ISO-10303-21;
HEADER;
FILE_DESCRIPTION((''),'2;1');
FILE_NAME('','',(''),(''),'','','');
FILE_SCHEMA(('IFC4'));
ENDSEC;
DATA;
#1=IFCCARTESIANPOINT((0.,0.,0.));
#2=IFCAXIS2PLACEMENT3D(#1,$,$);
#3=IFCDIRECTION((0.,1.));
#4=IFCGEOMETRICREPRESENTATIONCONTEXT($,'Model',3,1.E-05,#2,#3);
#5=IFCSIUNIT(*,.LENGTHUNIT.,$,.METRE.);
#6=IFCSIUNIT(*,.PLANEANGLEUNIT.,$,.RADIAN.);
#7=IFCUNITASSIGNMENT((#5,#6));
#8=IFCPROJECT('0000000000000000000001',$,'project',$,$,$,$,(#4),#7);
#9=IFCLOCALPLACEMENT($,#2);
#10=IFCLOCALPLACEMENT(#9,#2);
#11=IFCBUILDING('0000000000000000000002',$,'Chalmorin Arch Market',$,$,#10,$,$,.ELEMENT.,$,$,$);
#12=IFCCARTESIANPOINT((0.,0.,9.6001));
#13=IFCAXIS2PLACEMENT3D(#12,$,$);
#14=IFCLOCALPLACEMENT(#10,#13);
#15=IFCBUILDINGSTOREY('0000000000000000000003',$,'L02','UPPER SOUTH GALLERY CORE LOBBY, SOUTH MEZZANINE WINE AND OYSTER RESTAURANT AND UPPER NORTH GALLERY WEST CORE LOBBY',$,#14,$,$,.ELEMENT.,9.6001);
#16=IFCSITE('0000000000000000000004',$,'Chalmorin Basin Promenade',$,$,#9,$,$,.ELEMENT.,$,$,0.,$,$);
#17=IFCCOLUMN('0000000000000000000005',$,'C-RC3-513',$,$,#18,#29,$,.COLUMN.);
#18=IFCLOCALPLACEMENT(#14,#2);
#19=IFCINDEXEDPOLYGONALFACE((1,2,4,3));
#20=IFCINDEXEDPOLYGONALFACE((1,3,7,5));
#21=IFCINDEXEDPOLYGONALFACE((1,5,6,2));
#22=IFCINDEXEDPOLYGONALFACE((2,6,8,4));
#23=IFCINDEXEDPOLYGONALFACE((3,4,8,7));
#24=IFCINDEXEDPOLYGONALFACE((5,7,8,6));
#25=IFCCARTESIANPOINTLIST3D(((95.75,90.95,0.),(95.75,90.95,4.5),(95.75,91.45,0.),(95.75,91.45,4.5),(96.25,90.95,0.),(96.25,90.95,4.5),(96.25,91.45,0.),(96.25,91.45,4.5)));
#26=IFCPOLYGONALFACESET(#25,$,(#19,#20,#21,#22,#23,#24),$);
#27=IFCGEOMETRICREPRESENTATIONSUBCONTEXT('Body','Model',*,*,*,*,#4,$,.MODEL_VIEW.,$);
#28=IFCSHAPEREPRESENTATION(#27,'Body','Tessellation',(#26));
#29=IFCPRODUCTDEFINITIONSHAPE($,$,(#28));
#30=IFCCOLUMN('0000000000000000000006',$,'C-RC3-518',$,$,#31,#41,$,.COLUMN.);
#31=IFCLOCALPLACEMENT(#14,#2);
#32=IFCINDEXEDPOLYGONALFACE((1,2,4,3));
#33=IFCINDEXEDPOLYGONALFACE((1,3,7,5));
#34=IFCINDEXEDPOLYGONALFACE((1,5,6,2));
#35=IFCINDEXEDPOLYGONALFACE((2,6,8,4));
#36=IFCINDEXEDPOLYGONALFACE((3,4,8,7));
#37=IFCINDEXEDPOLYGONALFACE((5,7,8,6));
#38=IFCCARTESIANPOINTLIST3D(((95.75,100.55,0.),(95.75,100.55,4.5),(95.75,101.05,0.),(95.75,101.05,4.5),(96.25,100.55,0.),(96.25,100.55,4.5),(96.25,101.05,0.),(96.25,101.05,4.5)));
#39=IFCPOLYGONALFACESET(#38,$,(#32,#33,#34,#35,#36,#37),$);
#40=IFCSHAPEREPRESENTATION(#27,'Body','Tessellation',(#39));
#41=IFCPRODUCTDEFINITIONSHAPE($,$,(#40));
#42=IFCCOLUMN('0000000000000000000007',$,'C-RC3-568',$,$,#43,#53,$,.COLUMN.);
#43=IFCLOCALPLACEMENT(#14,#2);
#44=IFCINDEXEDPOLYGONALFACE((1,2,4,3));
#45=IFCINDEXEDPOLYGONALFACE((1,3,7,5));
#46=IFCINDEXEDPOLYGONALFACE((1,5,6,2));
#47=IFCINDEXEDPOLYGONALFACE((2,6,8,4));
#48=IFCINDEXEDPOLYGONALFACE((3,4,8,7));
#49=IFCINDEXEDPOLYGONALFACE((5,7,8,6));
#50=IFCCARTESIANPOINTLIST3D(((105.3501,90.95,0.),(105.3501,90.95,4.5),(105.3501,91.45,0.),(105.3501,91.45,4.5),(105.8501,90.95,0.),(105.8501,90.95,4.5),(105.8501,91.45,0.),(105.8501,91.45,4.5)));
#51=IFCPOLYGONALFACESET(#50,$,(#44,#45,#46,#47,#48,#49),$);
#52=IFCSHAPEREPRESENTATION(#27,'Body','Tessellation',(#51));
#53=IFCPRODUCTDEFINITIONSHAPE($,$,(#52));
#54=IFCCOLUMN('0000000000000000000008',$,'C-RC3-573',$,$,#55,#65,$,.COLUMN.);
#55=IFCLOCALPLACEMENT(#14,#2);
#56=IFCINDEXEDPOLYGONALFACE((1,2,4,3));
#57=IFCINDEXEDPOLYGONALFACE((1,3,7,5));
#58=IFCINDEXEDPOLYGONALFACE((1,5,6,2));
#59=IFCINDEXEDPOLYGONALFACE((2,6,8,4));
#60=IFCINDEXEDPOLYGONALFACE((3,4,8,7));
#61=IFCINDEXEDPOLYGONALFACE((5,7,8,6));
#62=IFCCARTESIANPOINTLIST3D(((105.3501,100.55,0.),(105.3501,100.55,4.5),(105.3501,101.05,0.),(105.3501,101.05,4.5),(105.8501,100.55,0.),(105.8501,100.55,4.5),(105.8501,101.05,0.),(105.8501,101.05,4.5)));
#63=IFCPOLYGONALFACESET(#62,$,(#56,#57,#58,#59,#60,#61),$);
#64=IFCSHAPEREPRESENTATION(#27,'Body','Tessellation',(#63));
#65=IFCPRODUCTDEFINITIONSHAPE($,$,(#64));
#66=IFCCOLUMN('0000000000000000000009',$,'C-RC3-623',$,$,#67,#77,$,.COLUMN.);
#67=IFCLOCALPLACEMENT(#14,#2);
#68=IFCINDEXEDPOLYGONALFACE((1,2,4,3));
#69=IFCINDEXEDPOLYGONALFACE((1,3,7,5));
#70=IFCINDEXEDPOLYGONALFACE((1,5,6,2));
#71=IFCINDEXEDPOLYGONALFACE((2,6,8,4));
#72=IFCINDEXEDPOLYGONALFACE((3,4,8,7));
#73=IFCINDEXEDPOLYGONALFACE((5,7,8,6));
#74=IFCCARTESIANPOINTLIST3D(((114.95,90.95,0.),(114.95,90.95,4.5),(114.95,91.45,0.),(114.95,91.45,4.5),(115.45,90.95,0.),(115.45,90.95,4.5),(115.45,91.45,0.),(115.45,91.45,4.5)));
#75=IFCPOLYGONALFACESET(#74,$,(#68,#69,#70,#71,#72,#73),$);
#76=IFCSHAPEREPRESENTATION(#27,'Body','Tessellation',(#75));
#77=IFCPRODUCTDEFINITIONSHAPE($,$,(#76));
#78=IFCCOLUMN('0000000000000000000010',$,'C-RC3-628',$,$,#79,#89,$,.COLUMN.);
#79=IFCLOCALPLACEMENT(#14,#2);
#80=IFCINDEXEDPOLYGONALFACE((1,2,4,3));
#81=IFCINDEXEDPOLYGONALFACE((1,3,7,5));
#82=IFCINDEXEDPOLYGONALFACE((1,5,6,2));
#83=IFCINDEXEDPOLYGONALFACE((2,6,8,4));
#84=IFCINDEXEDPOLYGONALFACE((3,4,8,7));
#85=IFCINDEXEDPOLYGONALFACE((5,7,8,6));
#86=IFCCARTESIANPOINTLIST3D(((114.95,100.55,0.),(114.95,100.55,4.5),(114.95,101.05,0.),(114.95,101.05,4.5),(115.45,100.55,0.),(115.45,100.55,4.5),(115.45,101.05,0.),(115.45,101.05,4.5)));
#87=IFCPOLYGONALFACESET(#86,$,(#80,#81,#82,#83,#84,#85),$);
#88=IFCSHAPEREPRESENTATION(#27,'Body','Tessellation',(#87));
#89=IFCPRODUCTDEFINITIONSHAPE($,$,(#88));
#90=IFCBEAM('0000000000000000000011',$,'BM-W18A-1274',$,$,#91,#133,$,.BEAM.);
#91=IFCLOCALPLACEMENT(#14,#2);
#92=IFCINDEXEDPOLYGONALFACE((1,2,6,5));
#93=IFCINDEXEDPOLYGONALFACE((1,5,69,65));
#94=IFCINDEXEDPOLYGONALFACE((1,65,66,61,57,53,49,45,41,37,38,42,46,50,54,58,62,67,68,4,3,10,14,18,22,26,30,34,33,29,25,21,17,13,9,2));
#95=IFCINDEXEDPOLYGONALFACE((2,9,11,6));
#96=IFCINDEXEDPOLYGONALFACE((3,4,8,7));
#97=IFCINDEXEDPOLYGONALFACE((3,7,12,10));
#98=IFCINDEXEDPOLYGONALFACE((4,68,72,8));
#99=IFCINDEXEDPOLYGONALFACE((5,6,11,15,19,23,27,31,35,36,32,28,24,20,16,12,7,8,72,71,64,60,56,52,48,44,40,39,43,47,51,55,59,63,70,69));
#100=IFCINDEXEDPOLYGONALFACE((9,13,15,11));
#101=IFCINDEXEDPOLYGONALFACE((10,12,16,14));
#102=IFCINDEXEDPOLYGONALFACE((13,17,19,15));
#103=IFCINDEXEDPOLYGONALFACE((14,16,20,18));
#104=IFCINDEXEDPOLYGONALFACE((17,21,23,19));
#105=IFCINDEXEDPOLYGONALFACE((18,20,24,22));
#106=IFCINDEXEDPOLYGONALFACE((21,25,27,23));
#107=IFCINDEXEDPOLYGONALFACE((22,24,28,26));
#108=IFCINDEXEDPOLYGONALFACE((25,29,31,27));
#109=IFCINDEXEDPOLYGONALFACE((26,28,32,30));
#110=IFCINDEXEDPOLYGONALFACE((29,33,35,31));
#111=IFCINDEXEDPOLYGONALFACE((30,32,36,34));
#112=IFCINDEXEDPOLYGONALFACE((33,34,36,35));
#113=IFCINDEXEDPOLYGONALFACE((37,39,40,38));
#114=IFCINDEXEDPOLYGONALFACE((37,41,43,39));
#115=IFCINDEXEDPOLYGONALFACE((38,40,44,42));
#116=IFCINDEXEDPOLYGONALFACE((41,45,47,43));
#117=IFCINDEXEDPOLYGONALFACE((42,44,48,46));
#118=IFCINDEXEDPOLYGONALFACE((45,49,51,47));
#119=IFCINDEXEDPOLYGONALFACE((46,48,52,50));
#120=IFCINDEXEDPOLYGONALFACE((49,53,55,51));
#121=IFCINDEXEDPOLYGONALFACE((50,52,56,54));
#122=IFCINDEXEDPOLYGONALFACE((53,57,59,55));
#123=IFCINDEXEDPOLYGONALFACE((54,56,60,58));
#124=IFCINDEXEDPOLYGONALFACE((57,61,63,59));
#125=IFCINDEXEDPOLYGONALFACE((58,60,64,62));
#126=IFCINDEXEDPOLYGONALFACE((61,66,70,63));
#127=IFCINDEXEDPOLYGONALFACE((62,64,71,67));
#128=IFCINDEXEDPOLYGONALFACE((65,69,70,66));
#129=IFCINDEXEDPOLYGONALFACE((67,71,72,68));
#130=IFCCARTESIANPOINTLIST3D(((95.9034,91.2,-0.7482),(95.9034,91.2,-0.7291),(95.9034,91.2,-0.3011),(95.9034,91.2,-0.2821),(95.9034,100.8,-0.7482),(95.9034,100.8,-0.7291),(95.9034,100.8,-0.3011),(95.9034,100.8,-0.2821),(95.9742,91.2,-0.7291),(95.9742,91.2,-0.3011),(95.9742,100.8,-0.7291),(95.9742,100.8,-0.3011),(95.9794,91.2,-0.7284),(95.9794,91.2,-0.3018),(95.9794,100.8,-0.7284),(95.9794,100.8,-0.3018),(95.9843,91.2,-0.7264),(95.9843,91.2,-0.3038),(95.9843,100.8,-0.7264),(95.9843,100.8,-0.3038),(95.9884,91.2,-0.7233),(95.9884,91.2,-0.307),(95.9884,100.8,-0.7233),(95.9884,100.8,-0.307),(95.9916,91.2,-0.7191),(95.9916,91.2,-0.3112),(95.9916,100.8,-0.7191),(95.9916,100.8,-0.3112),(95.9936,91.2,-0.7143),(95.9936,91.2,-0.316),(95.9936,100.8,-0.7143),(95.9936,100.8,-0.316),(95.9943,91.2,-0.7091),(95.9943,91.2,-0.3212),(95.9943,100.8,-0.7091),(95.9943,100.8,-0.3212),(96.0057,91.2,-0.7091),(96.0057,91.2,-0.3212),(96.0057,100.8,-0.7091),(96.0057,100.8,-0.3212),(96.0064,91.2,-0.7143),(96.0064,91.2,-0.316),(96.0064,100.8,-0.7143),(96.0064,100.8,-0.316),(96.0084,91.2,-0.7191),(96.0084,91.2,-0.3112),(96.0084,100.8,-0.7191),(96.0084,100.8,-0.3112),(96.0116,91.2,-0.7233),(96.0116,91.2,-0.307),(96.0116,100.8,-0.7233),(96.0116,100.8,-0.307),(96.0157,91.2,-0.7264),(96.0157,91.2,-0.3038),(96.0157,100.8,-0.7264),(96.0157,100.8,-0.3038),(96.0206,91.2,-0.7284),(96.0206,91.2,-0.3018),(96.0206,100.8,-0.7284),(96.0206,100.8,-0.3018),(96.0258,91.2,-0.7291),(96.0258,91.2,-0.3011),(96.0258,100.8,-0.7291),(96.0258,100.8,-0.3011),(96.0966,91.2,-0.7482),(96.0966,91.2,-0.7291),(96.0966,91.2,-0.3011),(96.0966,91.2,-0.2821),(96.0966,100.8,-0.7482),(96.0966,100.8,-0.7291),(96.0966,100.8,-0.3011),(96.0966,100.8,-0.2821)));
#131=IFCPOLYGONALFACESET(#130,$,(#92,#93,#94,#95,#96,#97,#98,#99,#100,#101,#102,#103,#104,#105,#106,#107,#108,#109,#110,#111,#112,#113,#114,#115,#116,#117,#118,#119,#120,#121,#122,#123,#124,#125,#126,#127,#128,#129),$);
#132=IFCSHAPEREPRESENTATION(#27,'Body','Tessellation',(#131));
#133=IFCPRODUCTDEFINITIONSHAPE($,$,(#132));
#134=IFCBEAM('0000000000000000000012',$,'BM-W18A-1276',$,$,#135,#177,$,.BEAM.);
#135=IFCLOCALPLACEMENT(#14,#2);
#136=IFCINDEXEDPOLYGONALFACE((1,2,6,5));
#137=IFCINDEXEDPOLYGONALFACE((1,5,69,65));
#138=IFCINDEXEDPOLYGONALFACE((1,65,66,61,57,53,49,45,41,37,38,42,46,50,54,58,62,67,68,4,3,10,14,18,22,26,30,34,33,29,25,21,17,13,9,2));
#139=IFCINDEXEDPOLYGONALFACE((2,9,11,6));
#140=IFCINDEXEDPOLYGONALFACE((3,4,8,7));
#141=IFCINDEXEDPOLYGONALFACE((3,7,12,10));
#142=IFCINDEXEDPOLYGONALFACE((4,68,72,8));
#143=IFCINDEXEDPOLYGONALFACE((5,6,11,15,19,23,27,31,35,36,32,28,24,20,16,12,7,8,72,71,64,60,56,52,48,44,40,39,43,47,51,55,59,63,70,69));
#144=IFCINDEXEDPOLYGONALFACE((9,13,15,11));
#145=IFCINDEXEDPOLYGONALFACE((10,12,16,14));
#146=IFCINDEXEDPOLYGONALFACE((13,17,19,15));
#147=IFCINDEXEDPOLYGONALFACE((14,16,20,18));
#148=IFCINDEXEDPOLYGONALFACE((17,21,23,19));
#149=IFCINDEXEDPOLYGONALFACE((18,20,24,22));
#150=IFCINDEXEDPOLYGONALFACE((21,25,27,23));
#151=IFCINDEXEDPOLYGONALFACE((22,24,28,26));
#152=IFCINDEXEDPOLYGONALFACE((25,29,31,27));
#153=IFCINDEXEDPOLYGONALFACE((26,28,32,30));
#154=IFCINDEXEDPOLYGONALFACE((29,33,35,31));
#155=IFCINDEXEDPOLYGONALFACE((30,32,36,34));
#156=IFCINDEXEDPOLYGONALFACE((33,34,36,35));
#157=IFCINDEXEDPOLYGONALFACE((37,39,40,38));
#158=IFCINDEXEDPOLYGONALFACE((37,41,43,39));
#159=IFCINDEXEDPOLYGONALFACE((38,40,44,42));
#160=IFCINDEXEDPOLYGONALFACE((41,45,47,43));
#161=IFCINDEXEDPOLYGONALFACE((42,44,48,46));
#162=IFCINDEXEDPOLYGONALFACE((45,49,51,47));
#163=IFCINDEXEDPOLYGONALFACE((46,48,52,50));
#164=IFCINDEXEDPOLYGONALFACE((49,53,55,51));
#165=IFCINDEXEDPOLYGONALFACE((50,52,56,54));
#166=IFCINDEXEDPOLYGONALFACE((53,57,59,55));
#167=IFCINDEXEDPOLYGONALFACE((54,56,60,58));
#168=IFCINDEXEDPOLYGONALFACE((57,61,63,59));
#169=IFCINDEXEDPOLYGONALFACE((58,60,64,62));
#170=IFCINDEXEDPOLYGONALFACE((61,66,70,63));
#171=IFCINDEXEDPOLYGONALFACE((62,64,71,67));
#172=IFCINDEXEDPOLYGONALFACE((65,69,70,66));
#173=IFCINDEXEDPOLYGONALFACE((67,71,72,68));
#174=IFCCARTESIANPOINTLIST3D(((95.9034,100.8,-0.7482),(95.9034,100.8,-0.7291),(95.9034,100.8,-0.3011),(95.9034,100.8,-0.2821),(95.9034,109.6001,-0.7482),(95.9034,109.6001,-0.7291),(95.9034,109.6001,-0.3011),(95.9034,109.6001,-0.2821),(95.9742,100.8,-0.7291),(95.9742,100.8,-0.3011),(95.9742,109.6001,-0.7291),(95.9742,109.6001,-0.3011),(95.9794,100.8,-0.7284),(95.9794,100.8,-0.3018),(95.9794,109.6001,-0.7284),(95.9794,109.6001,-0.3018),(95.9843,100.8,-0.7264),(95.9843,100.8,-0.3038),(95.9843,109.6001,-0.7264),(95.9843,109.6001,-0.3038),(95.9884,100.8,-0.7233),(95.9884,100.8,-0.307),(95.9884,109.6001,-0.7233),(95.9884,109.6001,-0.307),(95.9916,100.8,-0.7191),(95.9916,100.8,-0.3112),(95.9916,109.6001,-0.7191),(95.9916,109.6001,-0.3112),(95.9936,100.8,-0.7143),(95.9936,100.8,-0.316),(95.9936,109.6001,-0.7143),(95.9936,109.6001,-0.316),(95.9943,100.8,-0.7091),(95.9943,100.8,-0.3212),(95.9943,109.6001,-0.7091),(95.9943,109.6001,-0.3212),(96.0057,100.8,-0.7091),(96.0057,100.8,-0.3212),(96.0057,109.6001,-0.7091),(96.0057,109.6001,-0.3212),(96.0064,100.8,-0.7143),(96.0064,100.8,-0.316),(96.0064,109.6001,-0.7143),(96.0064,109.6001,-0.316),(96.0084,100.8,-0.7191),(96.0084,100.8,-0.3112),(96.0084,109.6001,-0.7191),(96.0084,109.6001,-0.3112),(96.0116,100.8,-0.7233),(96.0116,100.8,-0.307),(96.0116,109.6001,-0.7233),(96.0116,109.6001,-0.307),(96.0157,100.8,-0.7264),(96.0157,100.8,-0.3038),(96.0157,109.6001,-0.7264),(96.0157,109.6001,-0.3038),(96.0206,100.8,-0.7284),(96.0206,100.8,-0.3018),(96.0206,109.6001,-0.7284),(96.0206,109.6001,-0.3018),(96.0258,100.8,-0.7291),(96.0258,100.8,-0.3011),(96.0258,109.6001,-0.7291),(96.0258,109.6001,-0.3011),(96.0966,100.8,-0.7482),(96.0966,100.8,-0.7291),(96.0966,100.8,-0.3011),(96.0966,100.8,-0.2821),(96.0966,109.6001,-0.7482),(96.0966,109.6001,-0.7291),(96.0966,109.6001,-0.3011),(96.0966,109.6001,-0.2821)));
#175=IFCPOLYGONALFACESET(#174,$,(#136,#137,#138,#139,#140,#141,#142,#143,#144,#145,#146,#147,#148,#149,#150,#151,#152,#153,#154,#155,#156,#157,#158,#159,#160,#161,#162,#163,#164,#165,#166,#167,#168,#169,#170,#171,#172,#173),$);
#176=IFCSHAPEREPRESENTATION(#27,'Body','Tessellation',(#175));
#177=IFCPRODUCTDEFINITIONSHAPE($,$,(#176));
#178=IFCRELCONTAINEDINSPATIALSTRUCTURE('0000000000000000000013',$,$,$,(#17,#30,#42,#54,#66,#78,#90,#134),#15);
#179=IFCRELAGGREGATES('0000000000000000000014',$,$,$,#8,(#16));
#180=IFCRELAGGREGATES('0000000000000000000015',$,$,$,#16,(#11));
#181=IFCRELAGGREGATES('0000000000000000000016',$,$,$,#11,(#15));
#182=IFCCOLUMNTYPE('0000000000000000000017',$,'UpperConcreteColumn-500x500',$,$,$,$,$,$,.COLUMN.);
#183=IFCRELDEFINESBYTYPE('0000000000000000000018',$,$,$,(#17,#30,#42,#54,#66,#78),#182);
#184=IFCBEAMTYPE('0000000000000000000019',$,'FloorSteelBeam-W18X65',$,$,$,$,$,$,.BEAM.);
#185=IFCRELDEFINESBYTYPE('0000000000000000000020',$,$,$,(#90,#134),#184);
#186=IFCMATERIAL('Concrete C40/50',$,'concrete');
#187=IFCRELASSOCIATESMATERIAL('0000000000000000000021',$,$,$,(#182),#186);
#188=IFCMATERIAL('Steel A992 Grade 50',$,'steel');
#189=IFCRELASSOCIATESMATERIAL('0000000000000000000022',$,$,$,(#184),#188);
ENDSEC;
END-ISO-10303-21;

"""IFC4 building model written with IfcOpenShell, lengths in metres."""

from ifc_helpers import new_model, si_unit, direction, frame, origin, origin_2d, place, context, subcontext, project, spatial, rectangle, i_section, extrude, material, material_profile, profile_set, type_object, element, save


model = new_model("IFC4")

# Units and contexts
model_context = context("Model", 3, precision=1e-05, world=origin(), true_north=direction((0.0, 1.0)))
body_context = subcontext(model_context, "Body", "Model", "MODEL_VIEW")
ifc_project = project(units=[si_unit("LENGTHUNIT", "METRE"), si_unit("PLANEANGLEUNIT", "RADIAN")], contexts=[model_context])

# Site, building, storey
site_placement = place(None, origin())
site = spatial("IfcSite", under=ifc_project, at=site_placement, Name="Chalmorin Basin Promenade", CompositionType="ELEMENT", RefElevation=0.0)
building_placement = place(site_placement, origin())
building = spatial("IfcBuilding", under=site, at=building_placement, Name="Chalmorin Arch Market", CompositionType="ELEMENT")
storey_placement = place(building_placement, frame((0.0, 0.0, 9.6001)))
storey = spatial("IfcBuildingStorey", under=building, at=storey_placement, Name="L02", Description="UPPER SOUTH GALLERY CORE LOBBY, SOUTH MEZZANINE WINE AND OYSTER RESTAURANT AND UPPER NORTH GALLERY WEST CORE LOBBY", CompositionType="ELEMENT", Elevation=9.6001)

# Columns
ifc_material_1 = material(Name="Concrete C40/50", Category="concrete")
ifc_material_profile_1 = material_profile(ifc_material_1, rectangle(XDim=0.5, YDim=0.5, at=origin_2d()), Name="RC500X500")
ifc_profile_set_1 = profile_set([ifc_material_profile_1], Name="Concrete C40/50")
column_type = type_object("IfcColumnType", Name="UpperConcreteColumn-500x500", PredefinedType="COLUMN", material=ifc_profile_set_1)
for number, where, z_axis, x_axis, name in (
    (1, (96.0, 91.2, 0.0), (0.0, 0.0, 1.0), (1.0, 0.0, 0.0), "C-RC3-513"),
    (2, (96.0, 100.8, 0.0), (0.0, 0.0, 1.0), (1.0, 0.0, 0.0), "C-RC3-518"),
    (3, (105.6001, 91.2, 0.0), (0.0, 0.0, 1.0), (1.0, 0.0, 0.0), "C-RC3-568"),
    (4, (105.6001, 100.8, 0.0), (0.0, 0.0, 1.0), (1.0, 0.0, 0.0), "C-RC3-573"),
    (5, (115.2, 91.2, 0.0), (0.0, 0.0, 1.0), (1.0, 0.0, 0.0), "C-RC3-623"),
    (6, (115.2, 100.8, 0.0), (0.0, 0.0, 1.0), (1.0, 0.0, 0.0), "C-RC3-628"),
):
    element("IfcColumn", number, at=place(storey_placement, frame(where, z_axis=z_axis, x_axis=x_axis)), inside=storey, type_object=column_type, Name=name, PredefinedType="COLUMN", context=body_context, shape_type="SweptSolid", body=[
        extrude(rectangle(XDim=0.5, YDim=0.5, at=origin_2d()), origin(), (0.0, 0.0, 1.0), 4.5),
    ])

# Beams
ifc_material_2 = material(Name="Steel A992 Grade 50", Category="steel")
ifc_material_profile_2 = material_profile(ifc_material_2, i_section(OverallWidth=0.1931, OverallDepth=0.4661, WebThickness=0.0115, FlangeThickness=0.019, FilletRadius=0.02, at=origin_2d()), Name="W18X65")
ifc_profile_set_2 = profile_set([ifc_material_profile_2], Name="Steel A992 Grade 50")
beam_type_1 = type_object("IfcBeamType", Name="FloorSteelBeam-W18X65", PredefinedType="BEAM", material=ifc_profile_set_2)
beam_1_placement = place(storey_placement, frame((96.0, 91.2, -0.5151), z_axis=(0.0, 1.0, 0.0), x_axis=(-1.0, 0.0, 0.0)))
element("IfcBeam", 7, at=beam_1_placement, inside=storey, type_object=beam_type_1, Name="BM-W18A-1274", PredefinedType="BEAM", context=body_context, shape_type="SweptSolid", body=[
    extrude(i_section(OverallWidth=0.1931, OverallDepth=0.4661, WebThickness=0.0115, FlangeThickness=0.019, FilletRadius=0.02, at=origin_2d()), origin(), (0.0, 0.0, 1.0), 9.6001),
])
beam_2_placement = place(storey_placement, frame((96.0, 100.8, -0.5151), z_axis=(0.0, 1.0, 0.0), x_axis=(-1.0, 0.0, 0.0)))
element("IfcBeam", 8, at=beam_2_placement, inside=storey, type_object=beam_type_1, Name="BM-W18A-1276", PredefinedType="BEAM", context=body_context, shape_type="SweptSolid", body=[
    extrude(i_section(OverallWidth=0.1931, OverallDepth=0.4661, WebThickness=0.0115, FlangeThickness=0.019, FilletRadius=0.02, at=origin_2d()), origin(), (0.0, 0.0, 1.0), 8.8),
])

save(model, "model.ifc")
